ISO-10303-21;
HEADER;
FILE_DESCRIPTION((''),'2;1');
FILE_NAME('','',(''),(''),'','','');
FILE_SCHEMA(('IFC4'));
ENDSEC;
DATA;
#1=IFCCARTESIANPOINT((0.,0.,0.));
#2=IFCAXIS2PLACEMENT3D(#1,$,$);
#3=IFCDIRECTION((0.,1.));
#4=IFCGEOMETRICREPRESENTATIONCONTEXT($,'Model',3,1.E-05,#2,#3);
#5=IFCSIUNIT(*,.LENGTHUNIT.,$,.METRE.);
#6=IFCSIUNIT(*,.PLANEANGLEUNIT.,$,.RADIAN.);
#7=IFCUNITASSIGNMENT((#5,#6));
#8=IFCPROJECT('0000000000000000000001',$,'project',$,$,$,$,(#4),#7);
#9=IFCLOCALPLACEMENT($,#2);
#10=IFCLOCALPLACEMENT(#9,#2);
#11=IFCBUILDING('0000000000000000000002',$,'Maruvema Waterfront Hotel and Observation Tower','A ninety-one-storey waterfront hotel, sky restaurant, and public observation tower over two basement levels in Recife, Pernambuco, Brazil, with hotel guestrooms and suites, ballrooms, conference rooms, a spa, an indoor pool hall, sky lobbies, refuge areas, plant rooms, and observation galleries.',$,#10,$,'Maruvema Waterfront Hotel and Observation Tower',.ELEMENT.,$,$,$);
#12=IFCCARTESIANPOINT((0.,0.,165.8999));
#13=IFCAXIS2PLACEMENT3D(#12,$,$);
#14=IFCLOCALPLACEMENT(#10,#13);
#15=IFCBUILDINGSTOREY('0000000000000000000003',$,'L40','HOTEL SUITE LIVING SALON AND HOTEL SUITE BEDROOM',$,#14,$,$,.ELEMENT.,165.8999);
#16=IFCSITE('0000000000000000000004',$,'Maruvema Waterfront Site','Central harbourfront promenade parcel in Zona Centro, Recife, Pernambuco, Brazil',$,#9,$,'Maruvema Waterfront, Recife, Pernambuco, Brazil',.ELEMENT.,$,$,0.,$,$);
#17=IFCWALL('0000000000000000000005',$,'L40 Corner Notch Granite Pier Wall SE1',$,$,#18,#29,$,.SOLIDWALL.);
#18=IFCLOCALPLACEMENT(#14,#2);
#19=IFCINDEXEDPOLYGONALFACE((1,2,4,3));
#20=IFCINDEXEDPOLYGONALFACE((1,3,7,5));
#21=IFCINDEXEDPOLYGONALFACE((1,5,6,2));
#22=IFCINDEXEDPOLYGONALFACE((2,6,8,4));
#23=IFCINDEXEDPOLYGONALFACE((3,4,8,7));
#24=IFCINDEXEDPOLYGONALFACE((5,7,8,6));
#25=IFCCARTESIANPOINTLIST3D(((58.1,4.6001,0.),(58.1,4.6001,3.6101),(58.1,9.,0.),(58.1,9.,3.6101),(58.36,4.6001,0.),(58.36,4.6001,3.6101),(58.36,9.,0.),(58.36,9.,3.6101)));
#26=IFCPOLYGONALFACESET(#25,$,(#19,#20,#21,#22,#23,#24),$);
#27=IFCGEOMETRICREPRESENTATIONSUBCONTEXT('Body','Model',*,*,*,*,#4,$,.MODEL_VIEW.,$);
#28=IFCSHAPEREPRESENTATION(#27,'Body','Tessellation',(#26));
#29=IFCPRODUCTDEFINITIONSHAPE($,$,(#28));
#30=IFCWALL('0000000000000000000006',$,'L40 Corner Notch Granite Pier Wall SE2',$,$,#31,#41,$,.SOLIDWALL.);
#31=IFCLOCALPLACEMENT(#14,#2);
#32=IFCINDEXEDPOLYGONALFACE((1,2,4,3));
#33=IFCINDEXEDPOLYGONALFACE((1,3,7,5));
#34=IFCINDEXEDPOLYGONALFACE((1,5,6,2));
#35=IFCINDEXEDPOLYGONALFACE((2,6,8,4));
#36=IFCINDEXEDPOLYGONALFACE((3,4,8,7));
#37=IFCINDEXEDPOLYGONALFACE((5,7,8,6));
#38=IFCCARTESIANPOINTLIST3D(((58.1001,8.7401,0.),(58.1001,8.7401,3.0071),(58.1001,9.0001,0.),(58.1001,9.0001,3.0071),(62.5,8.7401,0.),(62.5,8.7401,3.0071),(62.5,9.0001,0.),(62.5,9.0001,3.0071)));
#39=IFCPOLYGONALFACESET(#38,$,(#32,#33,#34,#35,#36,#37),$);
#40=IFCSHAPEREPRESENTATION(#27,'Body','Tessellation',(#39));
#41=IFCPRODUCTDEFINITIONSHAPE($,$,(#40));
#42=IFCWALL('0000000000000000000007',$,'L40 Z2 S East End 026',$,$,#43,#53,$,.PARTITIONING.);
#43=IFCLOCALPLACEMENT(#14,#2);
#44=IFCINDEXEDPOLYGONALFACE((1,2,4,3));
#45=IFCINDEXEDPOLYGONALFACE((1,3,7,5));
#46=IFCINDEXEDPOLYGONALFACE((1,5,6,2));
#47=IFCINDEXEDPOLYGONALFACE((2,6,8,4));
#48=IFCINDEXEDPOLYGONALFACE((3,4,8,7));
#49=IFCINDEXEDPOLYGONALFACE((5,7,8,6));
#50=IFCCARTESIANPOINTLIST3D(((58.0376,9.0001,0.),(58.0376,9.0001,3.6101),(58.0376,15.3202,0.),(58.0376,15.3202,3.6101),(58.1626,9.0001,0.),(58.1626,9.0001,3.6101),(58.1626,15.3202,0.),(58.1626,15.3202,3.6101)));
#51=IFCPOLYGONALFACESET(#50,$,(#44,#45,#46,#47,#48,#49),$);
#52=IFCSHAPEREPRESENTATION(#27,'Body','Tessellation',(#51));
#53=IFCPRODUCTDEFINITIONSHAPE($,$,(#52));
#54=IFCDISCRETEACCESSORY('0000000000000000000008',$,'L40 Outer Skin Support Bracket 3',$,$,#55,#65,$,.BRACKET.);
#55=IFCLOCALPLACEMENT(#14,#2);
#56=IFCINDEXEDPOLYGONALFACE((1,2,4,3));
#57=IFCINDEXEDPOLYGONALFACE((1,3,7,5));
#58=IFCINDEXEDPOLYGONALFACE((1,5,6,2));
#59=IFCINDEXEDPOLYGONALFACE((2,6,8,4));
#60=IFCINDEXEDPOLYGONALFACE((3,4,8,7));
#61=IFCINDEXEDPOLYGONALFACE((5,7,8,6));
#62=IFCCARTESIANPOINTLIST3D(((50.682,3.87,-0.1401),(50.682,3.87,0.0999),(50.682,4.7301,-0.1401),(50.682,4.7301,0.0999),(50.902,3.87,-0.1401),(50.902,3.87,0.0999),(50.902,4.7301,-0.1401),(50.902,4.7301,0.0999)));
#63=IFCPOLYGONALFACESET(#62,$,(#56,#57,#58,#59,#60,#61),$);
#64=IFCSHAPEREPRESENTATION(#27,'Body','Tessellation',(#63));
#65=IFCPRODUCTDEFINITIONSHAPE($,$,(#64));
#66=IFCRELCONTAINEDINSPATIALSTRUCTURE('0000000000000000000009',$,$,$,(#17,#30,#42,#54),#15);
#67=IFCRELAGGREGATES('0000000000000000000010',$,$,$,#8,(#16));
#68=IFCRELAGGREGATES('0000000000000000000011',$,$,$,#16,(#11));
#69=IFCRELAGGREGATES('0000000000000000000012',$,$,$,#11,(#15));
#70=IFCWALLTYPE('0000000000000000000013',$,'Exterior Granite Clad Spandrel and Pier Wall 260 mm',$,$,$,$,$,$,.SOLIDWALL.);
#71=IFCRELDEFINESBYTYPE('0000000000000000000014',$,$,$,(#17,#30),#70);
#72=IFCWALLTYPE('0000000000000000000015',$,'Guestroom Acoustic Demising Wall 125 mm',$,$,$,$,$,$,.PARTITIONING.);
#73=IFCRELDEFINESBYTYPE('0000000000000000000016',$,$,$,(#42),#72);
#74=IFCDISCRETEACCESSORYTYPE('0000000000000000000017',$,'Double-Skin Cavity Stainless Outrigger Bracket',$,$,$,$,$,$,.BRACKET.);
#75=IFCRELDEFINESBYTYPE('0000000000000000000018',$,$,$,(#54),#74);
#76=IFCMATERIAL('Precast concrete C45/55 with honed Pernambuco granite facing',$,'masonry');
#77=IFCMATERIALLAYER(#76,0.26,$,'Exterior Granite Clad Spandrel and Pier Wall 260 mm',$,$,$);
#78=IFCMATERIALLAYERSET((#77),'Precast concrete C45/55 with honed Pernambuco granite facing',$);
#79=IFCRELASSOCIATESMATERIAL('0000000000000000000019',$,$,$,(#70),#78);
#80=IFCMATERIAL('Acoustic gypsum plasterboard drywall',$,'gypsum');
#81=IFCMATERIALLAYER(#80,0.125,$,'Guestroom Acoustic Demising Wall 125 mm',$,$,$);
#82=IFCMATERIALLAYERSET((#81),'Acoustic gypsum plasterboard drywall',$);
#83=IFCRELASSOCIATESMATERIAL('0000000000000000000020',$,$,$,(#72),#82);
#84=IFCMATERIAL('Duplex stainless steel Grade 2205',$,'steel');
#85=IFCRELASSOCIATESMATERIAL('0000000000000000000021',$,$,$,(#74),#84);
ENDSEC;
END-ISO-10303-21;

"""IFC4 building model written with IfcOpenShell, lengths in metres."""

from ifc_helpers import new_model, si_unit, direction, frame, frame_2d, origin, origin_2d, place, context, subcontext, project, spatial, rectangle, extrude, material, layer, layer_set, type_object, element, save


model = new_model("IFC4")

# Units and contexts
model_context = context("Model", 3, precision=1e-05, world=origin(), true_north=direction((0.0, 1.0)))
body_context = subcontext(model_context, "Body", "Model", "MODEL_VIEW")
ifc_project = project(units=[si_unit("LENGTHUNIT", "METRE"), si_unit("PLANEANGLEUNIT", "RADIAN")], contexts=[model_context])

# Site, building, storey
site_placement = place(None, origin())
site = spatial("IfcSite", under=ifc_project, at=site_placement, Name="Maruvema Waterfront Site", Description="Central harbourfront promenade parcel in Zona Centro, Recife, Pernambuco, Brazil", LongName="Maruvema Waterfront, Recife, Pernambuco, Brazil", CompositionType="ELEMENT", RefElevation=0.0)
building_placement = place(site_placement, origin())
building = spatial("IfcBuilding", under=site, at=building_placement, Name="Maruvema Waterfront Hotel and Observation Tower", Description="A ninety-one-storey waterfront hotel, sky restaurant, and public observation tower over two basement levels in Recife, Pernambuco, Brazil, with hotel guestrooms and suites, ballrooms, conference rooms, a spa, an indoor pool hall, sky lobbies, refuge areas, plant rooms, and observation galleries.", LongName="Maruvema Waterfront Hotel and Observation Tower", CompositionType="ELEMENT")
storey_placement = place(building_placement, frame((0.0, 0.0, 165.8999)))
storey = spatial("IfcBuildingStorey", under=building, at=storey_placement, Name="L40", Description="HOTEL SUITE LIVING SALON AND HOTEL SUITE BEDROOM", CompositionType="ELEMENT", Elevation=165.8999)

# Walls
ifc_material_1 = material(Name="Precast concrete C45/55 with honed Pernambuco granite facing", Category="masonry")
ifc_layer_1 = layer(ifc_material_1, 0.26, Name="Exterior Granite Clad Spandrel and Pier Wall 260 mm")
ifc_layer_set_1 = layer_set([ifc_layer_1], Name="Precast concrete C45/55 with honed Pernambuco granite facing")
wall_type_1 = type_object("IfcWallType", Name="Exterior Granite Clad Spandrel and Pier Wall 260 mm", PredefinedType="SOLIDWALL", material=ifc_layer_set_1)
wall_1_placement = place(storey_placement, frame((58.23, 9.0, 0.0), z_axis=(0.0, 0.0, 1.0), x_axis=(0.0, -1.0, 0.0)))
element("IfcWall", 1, at=wall_1_placement, inside=storey, type_object=wall_type_1, Name="L40 Corner Notch Granite Pier Wall SE1", PredefinedType="SOLIDWALL", context=body_context, shape_type="SweptSolid", body=[
    extrude(rectangle(XDim=4.3999, YDim=0.26, at=frame_2d((2.2, 0.0))), origin(), (0.0, 0.0, 1.0), 3.6101),
])
wall_2_placement = place(storey_placement, frame((62.5, 8.8701, 0.0), z_axis=(0.0, 0.0, 1.0), x_axis=(-1.0, 0.0, 0.0)))
element("IfcWall", 2, at=wall_2_placement, inside=storey, type_object=wall_type_1, Name="L40 Corner Notch Granite Pier Wall SE2", PredefinedType="SOLIDWALL", context=body_context, shape_type="SweptSolid", body=[
    extrude(rectangle(XDim=4.3999, YDim=0.26, at=frame_2d((2.2, 0.0))), origin(), (0.0, 0.0, 1.0), 3.0071),
])
ifc_material_2 = material(Name="Acoustic gypsum plasterboard drywall", Category="gypsum")
ifc_layer_2 = layer(ifc_material_2, 0.125, Name="Guestroom Acoustic Demising Wall 125 mm")
ifc_layer_set_2 = layer_set([ifc_layer_2], Name="Acoustic gypsum plasterboard drywall")
wall_type_2 = type_object("IfcWallType", Name="Guestroom Acoustic Demising Wall 125 mm", PredefinedType="PARTITIONING", material=ifc_layer_set_2)
wall_3_placement = place(storey_placement, frame((58.1001, 9.0, 0.0), z_axis=(0.0, 0.0, 1.0), x_axis=(0.0, 1.0, 0.0)))
element("IfcWall", 3, at=wall_3_placement, inside=storey, type_object=wall_type_2, Name="L40 Z2 S East End 026", PredefinedType="PARTITIONING", context=body_context, shape_type="SweptSolid", body=[
    extrude(rectangle(XDim=6.3201, YDim=0.125, at=frame_2d((3.1602, 0.0))), origin(), (0.0, 0.0, 1.0), 3.6101),
])

# Discrete accessory
ifc_material_3 = material(Name="Duplex stainless steel Grade 2205", Category="steel")
discrete_accessory_type = type_object("IfcDiscreteAccessoryType", Name="Double-Skin Cavity Stainless Outrigger Bracket", PredefinedType="BRACKET", material=ifc_material_3)
discrete_accessory_placement = place(storey_placement, frame((50.792, 4.3, -0.1401), z_axis=(0.0, 0.0, 1.0), x_axis=(1.0, 0.0, 0.0)))
element("IfcDiscreteAccessory", 4, at=discrete_accessory_placement, inside=storey, type_object=discrete_accessory_type, Name="L40 Outer Skin Support Bracket 3", PredefinedType="BRACKET", context=body_context, shape_type="SweptSolid", body=[
    extrude(rectangle(XDim=0.22, YDim=0.8601, at=origin_2d()), origin(), (0.0, 0.0, 1.0), 0.24),
])

save(model, "model.ifc")
